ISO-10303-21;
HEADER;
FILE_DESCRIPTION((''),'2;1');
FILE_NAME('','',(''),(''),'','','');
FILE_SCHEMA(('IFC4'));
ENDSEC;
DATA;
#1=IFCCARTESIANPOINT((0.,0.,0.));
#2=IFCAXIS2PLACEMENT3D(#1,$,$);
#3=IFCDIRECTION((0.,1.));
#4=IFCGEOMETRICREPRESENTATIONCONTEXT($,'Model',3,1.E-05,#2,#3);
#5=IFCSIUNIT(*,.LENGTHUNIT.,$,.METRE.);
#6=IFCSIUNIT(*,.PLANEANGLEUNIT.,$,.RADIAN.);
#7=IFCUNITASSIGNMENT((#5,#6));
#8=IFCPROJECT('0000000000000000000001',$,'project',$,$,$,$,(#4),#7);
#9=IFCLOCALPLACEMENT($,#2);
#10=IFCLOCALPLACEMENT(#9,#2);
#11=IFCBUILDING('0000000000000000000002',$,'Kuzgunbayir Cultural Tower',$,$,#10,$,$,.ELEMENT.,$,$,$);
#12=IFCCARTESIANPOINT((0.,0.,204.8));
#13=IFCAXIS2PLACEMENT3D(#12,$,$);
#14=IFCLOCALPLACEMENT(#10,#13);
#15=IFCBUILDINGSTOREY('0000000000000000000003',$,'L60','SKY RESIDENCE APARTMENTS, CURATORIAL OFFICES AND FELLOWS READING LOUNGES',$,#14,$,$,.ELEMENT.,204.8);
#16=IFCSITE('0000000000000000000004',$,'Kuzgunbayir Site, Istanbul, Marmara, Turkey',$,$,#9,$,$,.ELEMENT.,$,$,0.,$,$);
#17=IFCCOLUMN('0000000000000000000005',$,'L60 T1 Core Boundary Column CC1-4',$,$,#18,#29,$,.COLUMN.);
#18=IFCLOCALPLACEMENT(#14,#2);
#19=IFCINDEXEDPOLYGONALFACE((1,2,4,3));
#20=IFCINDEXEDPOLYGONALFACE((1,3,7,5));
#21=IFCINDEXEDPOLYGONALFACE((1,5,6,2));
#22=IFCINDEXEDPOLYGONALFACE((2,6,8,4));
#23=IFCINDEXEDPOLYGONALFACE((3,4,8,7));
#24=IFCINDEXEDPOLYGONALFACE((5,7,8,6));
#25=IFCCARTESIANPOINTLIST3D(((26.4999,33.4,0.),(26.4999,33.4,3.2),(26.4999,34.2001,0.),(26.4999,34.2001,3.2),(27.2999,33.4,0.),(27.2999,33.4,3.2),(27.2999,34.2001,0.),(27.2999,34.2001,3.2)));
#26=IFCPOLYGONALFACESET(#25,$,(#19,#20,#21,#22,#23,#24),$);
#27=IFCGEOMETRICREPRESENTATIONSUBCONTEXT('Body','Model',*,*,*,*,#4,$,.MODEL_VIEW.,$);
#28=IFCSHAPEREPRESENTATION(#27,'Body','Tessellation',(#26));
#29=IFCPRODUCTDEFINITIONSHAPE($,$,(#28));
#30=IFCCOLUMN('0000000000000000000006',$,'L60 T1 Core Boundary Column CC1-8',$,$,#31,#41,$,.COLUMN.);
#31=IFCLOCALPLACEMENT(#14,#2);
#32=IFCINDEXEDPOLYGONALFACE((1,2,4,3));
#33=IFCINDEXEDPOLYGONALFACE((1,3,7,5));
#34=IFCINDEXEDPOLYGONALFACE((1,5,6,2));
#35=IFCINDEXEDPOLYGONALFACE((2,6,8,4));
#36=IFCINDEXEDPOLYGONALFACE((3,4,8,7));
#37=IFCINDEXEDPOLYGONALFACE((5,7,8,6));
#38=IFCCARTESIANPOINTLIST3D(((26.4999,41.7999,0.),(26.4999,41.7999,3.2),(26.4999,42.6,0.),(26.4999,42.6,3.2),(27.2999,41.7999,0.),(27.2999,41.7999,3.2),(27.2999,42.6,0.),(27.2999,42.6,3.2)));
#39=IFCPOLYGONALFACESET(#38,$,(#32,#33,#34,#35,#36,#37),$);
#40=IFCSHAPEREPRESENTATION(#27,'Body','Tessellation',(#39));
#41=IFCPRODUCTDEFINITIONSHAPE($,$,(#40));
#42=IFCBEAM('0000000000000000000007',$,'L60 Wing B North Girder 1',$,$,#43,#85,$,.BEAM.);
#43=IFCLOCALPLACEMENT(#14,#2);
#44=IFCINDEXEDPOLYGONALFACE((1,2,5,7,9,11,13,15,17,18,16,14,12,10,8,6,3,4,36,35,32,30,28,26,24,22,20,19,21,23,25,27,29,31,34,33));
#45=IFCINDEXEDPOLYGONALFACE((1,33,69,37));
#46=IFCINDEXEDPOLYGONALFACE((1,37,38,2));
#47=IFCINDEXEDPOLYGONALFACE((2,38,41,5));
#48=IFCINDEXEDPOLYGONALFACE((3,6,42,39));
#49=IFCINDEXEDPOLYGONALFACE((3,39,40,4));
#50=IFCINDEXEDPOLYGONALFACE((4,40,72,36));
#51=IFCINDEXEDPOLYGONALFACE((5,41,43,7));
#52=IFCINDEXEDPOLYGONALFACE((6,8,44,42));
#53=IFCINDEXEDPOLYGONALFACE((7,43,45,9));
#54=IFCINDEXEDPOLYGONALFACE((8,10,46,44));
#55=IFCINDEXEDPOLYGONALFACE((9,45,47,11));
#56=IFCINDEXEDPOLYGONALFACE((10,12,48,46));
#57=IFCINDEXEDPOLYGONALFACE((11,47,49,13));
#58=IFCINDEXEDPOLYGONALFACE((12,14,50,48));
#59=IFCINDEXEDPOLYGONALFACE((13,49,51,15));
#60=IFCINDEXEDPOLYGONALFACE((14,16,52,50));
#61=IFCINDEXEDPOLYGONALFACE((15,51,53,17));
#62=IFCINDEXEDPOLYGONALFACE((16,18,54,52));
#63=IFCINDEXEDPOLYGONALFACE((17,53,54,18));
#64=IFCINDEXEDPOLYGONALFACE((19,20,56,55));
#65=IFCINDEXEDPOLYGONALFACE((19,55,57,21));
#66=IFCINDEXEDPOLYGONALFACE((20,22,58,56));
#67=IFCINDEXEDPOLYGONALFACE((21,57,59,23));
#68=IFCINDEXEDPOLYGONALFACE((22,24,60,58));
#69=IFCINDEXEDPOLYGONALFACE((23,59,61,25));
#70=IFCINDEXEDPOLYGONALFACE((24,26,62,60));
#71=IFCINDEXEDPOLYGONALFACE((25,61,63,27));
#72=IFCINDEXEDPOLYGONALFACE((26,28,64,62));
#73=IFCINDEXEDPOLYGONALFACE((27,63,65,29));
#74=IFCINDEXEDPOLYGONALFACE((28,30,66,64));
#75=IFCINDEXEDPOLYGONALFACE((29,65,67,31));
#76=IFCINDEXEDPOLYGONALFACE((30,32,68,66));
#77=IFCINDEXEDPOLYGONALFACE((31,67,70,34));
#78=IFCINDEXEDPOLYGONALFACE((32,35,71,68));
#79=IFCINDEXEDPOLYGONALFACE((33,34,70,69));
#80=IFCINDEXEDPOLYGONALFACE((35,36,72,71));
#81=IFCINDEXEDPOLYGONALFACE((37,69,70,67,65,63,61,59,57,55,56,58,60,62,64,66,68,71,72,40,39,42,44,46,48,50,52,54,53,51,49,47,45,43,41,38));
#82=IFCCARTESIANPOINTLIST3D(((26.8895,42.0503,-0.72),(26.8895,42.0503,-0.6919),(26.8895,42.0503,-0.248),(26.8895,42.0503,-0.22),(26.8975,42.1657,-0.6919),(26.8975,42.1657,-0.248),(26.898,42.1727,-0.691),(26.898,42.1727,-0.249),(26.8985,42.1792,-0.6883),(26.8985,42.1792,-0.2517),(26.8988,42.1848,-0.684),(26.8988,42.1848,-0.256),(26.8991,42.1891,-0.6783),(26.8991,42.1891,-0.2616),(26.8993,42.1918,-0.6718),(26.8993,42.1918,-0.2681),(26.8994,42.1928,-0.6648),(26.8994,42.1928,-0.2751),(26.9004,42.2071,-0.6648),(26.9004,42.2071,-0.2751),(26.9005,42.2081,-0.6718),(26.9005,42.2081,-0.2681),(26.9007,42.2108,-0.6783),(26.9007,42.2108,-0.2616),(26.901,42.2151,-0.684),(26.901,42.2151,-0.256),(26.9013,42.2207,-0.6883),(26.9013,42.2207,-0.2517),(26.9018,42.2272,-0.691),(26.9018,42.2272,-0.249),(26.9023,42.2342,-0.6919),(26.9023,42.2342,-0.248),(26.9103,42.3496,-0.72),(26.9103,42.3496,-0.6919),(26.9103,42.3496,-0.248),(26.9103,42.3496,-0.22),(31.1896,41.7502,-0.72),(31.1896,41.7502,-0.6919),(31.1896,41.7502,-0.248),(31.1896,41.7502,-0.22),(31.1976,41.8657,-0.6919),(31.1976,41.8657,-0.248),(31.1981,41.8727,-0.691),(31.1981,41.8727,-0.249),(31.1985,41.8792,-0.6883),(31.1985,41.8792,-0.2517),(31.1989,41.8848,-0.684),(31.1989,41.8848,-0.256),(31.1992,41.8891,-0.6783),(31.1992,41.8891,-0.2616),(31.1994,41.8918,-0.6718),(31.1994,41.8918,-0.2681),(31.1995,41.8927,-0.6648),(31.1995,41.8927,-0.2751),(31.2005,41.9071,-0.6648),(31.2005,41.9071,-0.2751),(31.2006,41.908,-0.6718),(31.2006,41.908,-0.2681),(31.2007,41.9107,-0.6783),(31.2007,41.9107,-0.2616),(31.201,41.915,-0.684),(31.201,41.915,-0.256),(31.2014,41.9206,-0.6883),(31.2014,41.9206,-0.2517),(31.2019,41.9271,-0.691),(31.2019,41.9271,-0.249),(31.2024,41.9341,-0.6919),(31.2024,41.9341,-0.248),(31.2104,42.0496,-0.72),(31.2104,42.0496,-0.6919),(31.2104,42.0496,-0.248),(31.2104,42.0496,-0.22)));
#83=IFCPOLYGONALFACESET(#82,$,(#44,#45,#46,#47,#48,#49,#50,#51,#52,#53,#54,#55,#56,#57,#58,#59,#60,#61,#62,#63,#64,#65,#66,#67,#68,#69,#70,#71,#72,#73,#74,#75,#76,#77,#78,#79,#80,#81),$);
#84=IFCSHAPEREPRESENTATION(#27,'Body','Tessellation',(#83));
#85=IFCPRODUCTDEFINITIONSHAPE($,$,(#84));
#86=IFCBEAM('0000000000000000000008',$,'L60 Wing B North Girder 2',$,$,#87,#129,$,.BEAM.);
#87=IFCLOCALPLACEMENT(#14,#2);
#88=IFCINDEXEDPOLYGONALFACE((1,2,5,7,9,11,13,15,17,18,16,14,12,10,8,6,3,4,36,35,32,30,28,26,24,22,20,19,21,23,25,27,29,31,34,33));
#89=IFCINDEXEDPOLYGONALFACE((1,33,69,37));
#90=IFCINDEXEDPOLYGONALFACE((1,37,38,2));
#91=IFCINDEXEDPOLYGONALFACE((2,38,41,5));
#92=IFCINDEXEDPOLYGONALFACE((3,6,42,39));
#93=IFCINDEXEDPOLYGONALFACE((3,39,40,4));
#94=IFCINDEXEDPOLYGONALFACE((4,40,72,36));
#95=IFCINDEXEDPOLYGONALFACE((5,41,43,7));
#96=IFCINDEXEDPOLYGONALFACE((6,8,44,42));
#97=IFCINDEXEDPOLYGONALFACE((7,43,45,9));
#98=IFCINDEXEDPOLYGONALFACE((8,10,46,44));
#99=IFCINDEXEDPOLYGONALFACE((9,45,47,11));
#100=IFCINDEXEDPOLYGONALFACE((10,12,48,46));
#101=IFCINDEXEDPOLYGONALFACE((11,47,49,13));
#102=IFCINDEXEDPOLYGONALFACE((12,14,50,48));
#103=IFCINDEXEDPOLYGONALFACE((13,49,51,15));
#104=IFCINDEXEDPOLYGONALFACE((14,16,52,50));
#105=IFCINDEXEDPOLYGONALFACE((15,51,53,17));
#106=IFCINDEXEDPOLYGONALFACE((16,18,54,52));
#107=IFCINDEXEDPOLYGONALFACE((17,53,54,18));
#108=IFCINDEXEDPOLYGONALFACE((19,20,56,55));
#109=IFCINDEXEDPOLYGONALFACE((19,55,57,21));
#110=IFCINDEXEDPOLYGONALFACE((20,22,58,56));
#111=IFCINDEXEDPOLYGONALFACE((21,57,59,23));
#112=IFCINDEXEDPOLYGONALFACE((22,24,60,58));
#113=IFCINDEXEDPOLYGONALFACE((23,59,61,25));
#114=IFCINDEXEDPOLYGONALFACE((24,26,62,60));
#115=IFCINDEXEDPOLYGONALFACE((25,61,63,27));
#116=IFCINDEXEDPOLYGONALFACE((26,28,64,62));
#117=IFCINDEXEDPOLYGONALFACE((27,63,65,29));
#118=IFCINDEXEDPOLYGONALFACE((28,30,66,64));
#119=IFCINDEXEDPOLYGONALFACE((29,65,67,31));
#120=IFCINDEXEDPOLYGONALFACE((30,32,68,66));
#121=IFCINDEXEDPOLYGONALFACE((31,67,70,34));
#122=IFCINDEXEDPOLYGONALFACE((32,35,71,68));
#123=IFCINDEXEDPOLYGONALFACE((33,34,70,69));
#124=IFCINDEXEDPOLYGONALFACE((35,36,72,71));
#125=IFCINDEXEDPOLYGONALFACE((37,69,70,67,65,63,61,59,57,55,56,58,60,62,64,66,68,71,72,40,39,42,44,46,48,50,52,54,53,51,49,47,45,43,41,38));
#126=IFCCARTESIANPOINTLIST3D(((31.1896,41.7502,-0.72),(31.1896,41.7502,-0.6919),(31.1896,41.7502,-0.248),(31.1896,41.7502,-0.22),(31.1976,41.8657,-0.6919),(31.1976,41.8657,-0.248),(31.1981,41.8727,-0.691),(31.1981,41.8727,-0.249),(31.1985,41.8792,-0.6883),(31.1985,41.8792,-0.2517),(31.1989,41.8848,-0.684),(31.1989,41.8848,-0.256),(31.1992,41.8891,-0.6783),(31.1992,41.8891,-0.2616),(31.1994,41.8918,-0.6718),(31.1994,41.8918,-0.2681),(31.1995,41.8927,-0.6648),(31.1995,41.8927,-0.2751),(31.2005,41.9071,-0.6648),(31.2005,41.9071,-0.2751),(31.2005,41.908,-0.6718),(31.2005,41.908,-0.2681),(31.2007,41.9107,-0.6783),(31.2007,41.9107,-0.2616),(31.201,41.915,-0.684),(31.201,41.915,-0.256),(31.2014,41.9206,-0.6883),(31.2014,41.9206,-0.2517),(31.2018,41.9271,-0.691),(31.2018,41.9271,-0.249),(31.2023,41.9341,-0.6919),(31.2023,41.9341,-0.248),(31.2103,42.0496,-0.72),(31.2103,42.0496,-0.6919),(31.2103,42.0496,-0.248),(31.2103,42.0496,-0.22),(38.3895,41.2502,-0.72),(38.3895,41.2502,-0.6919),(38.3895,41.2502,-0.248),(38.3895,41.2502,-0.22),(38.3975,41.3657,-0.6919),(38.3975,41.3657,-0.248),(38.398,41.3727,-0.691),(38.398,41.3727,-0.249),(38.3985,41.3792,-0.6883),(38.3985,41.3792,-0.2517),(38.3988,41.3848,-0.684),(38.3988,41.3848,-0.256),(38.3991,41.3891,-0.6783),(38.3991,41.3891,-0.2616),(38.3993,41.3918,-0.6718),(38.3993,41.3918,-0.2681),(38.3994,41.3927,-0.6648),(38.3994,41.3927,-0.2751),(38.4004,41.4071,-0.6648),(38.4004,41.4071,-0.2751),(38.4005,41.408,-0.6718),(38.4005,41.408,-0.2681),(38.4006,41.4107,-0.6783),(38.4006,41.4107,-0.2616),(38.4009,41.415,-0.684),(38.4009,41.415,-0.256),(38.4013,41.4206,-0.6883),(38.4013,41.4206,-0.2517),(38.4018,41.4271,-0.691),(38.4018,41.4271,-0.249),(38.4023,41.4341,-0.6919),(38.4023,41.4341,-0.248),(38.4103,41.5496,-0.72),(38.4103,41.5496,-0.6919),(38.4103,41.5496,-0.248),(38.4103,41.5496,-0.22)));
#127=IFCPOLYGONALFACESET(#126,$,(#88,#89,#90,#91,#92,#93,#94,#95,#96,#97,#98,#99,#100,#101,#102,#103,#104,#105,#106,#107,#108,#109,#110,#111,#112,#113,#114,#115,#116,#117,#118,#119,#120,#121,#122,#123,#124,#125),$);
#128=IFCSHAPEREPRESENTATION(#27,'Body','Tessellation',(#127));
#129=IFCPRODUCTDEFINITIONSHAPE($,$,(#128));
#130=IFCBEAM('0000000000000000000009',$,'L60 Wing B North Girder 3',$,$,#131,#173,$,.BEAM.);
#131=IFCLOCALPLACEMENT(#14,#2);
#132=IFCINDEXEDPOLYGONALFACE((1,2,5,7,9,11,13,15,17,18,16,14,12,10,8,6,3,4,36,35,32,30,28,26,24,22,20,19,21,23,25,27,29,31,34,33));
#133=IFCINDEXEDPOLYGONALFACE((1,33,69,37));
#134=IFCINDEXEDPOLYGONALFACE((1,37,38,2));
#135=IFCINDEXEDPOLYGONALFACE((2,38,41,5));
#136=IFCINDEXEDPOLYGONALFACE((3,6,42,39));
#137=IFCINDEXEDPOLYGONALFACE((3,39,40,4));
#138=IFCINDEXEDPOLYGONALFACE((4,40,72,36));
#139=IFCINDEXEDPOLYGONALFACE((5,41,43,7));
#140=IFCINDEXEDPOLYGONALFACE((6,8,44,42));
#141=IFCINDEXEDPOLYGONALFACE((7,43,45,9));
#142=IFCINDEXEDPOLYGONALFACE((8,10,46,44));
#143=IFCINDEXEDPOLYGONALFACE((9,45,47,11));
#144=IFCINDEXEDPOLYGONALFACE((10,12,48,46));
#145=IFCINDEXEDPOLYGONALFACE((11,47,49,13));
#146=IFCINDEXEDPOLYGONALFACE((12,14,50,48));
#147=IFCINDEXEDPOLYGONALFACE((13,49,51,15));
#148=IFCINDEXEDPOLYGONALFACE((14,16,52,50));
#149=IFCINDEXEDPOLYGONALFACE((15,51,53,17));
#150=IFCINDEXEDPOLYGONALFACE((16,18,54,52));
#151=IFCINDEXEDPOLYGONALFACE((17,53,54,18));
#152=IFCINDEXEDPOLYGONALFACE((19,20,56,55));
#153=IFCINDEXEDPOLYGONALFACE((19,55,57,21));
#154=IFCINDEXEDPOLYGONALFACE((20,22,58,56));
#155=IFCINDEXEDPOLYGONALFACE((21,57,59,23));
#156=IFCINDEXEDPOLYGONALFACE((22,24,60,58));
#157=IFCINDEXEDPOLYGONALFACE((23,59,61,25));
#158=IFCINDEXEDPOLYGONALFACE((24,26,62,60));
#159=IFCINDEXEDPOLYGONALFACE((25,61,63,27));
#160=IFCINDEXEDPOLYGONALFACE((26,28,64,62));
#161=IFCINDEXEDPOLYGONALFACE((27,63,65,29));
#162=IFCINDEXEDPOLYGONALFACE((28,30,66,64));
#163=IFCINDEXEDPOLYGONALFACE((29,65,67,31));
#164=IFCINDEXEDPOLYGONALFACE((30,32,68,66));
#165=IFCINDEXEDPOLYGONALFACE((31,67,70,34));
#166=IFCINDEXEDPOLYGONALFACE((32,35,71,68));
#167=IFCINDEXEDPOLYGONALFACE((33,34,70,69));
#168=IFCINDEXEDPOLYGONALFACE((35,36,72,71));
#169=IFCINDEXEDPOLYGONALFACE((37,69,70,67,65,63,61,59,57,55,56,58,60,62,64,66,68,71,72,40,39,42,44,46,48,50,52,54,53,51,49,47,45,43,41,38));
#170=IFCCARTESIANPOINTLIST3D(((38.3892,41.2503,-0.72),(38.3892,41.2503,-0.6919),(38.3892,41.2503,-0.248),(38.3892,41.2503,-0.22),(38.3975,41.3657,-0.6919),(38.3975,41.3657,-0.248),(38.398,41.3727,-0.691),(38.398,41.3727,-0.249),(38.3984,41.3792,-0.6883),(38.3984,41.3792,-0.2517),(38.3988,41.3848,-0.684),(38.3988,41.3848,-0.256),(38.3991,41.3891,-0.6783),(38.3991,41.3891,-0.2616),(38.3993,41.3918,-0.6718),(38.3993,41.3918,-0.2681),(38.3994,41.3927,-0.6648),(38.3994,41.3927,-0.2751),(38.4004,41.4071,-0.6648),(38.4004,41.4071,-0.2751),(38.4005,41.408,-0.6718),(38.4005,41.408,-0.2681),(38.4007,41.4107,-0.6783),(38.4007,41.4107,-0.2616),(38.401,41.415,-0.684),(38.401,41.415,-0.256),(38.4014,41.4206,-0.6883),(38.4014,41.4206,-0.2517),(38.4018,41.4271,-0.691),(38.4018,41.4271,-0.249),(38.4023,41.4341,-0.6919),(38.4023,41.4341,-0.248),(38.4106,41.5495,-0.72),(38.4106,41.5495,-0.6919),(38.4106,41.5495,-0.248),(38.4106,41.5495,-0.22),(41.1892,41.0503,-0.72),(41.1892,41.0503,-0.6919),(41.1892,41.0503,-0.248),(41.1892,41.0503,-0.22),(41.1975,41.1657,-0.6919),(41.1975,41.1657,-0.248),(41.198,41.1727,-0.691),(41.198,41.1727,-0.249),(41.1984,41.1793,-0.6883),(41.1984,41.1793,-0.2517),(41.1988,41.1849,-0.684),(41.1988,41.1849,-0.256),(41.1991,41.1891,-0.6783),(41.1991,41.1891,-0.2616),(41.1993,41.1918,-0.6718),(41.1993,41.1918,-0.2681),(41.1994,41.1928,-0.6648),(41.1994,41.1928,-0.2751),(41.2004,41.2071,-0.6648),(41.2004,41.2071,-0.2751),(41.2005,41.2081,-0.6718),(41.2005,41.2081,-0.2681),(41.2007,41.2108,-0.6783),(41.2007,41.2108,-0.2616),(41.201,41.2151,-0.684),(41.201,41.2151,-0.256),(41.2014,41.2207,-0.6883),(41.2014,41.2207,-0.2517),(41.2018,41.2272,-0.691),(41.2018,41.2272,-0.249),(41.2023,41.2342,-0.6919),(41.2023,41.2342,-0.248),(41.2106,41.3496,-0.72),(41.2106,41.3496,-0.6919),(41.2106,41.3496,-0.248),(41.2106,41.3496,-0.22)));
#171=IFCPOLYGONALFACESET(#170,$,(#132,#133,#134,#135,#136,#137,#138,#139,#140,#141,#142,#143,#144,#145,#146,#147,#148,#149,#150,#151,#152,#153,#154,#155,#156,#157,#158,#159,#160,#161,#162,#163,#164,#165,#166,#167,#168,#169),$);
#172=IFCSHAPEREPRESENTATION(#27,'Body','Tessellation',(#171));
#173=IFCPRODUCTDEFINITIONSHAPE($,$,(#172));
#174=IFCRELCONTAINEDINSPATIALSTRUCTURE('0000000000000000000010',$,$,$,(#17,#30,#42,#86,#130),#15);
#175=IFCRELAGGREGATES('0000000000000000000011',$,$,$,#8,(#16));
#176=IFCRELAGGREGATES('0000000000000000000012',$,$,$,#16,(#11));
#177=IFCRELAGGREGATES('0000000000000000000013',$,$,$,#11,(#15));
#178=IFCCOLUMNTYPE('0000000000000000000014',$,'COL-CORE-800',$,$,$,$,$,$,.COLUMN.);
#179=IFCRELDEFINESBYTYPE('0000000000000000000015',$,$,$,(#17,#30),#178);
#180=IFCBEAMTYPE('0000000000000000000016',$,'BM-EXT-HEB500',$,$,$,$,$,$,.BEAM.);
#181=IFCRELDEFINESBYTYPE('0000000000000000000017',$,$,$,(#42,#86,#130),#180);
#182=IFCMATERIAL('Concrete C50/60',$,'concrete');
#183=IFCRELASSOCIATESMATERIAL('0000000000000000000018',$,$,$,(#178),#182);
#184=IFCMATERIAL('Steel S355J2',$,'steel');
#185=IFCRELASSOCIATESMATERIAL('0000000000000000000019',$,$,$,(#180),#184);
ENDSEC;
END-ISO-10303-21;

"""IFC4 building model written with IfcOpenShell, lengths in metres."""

from ifc_helpers import new_model, si_unit, direction, frame, origin, origin_2d, place, context, subcontext, project, spatial, rectangle, i_section, extrude, material, material_profile, profile_set, type_object, element, save


model = new_model("IFC4")

# Units and contexts
model_context = context("Model", 3, precision=1e-05, world=origin(), true_north=direction((0.0, 1.0)))
body_context = subcontext(model_context, "Body", "Model", "MODEL_VIEW")
ifc_project = project(units=[si_unit("LENGTHUNIT", "METRE"), si_unit("PLANEANGLEUNIT", "RADIAN")], contexts=[model_context])

# Site, building, storey
site_placement = place(None, origin())
site = spatial("IfcSite", under=ifc_project, at=site_placement, Name="Kuzgunbayir Site, Istanbul, Marmara, Turkey", CompositionType="ELEMENT", RefElevation=0.0)
building_placement = place(site_placement, origin())
building = spatial("IfcBuilding", under=site, at=building_placement, Name="Kuzgunbayir Cultural Tower", CompositionType="ELEMENT")
storey_placement = place(building_placement, frame((0.0, 0.0, 204.8)))
storey = spatial("IfcBuildingStorey", under=building, at=storey_placement, Name="L60", Description="SKY RESIDENCE APARTMENTS, CURATORIAL OFFICES AND FELLOWS READING LOUNGES", CompositionType="ELEMENT", Elevation=204.8)

# Columns
ifc_material_1 = material(Name="Concrete C50/60", Category="concrete")
ifc_material_profile_1 = material_profile(ifc_material_1, rectangle(XDim=0.8, YDim=0.8, at=origin_2d()), Name="RC 800x800")
ifc_profile_set_1 = profile_set([ifc_material_profile_1], Name="Concrete C50/60")
column_type = type_object("IfcColumnType", Name="COL-CORE-800", PredefinedType="COLUMN", material=ifc_profile_set_1)
for number, where, z_axis, x_axis, name in (
    (1, (26.8999, 33.8, 0.0), (0.0, 0.0, 1.0), (1.0, 0.0, 0.0), "L60 T1 Core Boundary Column CC1-4"),
    (2, (26.8999, 42.2, 0.0), (0.0, 0.0, 1.0), (1.0, 0.0, 0.0), "L60 T1 Core Boundary Column CC1-8"),
):
    element("IfcColumn", number, at=place(storey_placement, frame(where, z_axis=z_axis, x_axis=x_axis)), inside=storey, type_object=column_type, Name=name, PredefinedType="COLUMN", context=body_context, shape_type="SweptSolid", body=[
        extrude(rectangle(XDim=0.8, YDim=0.8, at=origin_2d()), origin(), (0.0, 0.0, 1.0), 3.2),
    ])

# Beams
ifc_material_2 = material(Name="Steel S355J2", Category="steel")
ifc_material_profile_2 = material_profile(ifc_material_2, i_section(OverallWidth=0.3, OverallDepth=0.5, WebThickness=0.0144, FlangeThickness=0.0281, FilletRadius=0.0271, at=origin_2d()), Name="HEB 500")
ifc_profile_set_2 = profile_set([ifc_material_profile_2], Name="Steel S355J2")
beam_type_1 = type_object("IfcBeamType", Name="BM-EXT-HEB500", PredefinedType="BEAM", material=ifc_profile_set_2)
beam_1_placement = place(storey_placement, frame((26.8999, 42.2, -0.47), z_axis=(0.997574, -0.069609, 0.0), x_axis=(0.069609, 0.997574, 0.0)))
element("IfcBeam", 3, at=beam_1_placement, inside=storey, type_object=beam_type_1, Name="L60 Wing B North Girder 1", PredefinedType="BEAM", context=body_context, shape_type="SweptSolid", body=[
    extrude(i_section(OverallWidth=0.3, OverallDepth=0.5, WebThickness=0.0144, FlangeThickness=0.0281, FilletRadius=0.0271, at=origin_2d()), origin(), (0.0, 0.0, 1.0), 4.3105),
])
beam_2_placement = place(storey_placement, frame((31.2, 41.8999, -0.47), z_axis=(0.997597, -0.069278, 0.0), x_axis=(0.069278, 0.997597, 0.0)))
element("IfcBeam", 4, at=beam_2_placement, inside=storey, type_object=beam_type_1, Name="L60 Wing B North Girder 2", PredefinedType="BEAM", context=body_context, shape_type="SweptSolid", body=[
    extrude(i_section(OverallWidth=0.3, OverallDepth=0.5, WebThickness=0.0144, FlangeThickness=0.0281, FilletRadius=0.0271, at=origin_2d()), origin(), (0.0, 0.0, 1.0), 7.2173),
])
beam_3_placement = place(storey_placement, frame((38.3999, 41.3999, -0.47), z_axis=(0.99746, -0.071229, 0.0), x_axis=(0.071229, 0.99746, 0.0)))
element("IfcBeam", 5, at=beam_3_placement, inside=storey, type_object=beam_type_1, Name="L60 Wing B North Girder 3", PredefinedType="BEAM", context=body_context, shape_type="SweptSolid", body=[
    extrude(i_section(OverallWidth=0.3, OverallDepth=0.5, WebThickness=0.0144, FlangeThickness=0.0281, FilletRadius=0.0271, at=origin_2d()), origin(), (0.0, 0.0, 1.0), 2.8071),
])

save(model, "model.ifc")
